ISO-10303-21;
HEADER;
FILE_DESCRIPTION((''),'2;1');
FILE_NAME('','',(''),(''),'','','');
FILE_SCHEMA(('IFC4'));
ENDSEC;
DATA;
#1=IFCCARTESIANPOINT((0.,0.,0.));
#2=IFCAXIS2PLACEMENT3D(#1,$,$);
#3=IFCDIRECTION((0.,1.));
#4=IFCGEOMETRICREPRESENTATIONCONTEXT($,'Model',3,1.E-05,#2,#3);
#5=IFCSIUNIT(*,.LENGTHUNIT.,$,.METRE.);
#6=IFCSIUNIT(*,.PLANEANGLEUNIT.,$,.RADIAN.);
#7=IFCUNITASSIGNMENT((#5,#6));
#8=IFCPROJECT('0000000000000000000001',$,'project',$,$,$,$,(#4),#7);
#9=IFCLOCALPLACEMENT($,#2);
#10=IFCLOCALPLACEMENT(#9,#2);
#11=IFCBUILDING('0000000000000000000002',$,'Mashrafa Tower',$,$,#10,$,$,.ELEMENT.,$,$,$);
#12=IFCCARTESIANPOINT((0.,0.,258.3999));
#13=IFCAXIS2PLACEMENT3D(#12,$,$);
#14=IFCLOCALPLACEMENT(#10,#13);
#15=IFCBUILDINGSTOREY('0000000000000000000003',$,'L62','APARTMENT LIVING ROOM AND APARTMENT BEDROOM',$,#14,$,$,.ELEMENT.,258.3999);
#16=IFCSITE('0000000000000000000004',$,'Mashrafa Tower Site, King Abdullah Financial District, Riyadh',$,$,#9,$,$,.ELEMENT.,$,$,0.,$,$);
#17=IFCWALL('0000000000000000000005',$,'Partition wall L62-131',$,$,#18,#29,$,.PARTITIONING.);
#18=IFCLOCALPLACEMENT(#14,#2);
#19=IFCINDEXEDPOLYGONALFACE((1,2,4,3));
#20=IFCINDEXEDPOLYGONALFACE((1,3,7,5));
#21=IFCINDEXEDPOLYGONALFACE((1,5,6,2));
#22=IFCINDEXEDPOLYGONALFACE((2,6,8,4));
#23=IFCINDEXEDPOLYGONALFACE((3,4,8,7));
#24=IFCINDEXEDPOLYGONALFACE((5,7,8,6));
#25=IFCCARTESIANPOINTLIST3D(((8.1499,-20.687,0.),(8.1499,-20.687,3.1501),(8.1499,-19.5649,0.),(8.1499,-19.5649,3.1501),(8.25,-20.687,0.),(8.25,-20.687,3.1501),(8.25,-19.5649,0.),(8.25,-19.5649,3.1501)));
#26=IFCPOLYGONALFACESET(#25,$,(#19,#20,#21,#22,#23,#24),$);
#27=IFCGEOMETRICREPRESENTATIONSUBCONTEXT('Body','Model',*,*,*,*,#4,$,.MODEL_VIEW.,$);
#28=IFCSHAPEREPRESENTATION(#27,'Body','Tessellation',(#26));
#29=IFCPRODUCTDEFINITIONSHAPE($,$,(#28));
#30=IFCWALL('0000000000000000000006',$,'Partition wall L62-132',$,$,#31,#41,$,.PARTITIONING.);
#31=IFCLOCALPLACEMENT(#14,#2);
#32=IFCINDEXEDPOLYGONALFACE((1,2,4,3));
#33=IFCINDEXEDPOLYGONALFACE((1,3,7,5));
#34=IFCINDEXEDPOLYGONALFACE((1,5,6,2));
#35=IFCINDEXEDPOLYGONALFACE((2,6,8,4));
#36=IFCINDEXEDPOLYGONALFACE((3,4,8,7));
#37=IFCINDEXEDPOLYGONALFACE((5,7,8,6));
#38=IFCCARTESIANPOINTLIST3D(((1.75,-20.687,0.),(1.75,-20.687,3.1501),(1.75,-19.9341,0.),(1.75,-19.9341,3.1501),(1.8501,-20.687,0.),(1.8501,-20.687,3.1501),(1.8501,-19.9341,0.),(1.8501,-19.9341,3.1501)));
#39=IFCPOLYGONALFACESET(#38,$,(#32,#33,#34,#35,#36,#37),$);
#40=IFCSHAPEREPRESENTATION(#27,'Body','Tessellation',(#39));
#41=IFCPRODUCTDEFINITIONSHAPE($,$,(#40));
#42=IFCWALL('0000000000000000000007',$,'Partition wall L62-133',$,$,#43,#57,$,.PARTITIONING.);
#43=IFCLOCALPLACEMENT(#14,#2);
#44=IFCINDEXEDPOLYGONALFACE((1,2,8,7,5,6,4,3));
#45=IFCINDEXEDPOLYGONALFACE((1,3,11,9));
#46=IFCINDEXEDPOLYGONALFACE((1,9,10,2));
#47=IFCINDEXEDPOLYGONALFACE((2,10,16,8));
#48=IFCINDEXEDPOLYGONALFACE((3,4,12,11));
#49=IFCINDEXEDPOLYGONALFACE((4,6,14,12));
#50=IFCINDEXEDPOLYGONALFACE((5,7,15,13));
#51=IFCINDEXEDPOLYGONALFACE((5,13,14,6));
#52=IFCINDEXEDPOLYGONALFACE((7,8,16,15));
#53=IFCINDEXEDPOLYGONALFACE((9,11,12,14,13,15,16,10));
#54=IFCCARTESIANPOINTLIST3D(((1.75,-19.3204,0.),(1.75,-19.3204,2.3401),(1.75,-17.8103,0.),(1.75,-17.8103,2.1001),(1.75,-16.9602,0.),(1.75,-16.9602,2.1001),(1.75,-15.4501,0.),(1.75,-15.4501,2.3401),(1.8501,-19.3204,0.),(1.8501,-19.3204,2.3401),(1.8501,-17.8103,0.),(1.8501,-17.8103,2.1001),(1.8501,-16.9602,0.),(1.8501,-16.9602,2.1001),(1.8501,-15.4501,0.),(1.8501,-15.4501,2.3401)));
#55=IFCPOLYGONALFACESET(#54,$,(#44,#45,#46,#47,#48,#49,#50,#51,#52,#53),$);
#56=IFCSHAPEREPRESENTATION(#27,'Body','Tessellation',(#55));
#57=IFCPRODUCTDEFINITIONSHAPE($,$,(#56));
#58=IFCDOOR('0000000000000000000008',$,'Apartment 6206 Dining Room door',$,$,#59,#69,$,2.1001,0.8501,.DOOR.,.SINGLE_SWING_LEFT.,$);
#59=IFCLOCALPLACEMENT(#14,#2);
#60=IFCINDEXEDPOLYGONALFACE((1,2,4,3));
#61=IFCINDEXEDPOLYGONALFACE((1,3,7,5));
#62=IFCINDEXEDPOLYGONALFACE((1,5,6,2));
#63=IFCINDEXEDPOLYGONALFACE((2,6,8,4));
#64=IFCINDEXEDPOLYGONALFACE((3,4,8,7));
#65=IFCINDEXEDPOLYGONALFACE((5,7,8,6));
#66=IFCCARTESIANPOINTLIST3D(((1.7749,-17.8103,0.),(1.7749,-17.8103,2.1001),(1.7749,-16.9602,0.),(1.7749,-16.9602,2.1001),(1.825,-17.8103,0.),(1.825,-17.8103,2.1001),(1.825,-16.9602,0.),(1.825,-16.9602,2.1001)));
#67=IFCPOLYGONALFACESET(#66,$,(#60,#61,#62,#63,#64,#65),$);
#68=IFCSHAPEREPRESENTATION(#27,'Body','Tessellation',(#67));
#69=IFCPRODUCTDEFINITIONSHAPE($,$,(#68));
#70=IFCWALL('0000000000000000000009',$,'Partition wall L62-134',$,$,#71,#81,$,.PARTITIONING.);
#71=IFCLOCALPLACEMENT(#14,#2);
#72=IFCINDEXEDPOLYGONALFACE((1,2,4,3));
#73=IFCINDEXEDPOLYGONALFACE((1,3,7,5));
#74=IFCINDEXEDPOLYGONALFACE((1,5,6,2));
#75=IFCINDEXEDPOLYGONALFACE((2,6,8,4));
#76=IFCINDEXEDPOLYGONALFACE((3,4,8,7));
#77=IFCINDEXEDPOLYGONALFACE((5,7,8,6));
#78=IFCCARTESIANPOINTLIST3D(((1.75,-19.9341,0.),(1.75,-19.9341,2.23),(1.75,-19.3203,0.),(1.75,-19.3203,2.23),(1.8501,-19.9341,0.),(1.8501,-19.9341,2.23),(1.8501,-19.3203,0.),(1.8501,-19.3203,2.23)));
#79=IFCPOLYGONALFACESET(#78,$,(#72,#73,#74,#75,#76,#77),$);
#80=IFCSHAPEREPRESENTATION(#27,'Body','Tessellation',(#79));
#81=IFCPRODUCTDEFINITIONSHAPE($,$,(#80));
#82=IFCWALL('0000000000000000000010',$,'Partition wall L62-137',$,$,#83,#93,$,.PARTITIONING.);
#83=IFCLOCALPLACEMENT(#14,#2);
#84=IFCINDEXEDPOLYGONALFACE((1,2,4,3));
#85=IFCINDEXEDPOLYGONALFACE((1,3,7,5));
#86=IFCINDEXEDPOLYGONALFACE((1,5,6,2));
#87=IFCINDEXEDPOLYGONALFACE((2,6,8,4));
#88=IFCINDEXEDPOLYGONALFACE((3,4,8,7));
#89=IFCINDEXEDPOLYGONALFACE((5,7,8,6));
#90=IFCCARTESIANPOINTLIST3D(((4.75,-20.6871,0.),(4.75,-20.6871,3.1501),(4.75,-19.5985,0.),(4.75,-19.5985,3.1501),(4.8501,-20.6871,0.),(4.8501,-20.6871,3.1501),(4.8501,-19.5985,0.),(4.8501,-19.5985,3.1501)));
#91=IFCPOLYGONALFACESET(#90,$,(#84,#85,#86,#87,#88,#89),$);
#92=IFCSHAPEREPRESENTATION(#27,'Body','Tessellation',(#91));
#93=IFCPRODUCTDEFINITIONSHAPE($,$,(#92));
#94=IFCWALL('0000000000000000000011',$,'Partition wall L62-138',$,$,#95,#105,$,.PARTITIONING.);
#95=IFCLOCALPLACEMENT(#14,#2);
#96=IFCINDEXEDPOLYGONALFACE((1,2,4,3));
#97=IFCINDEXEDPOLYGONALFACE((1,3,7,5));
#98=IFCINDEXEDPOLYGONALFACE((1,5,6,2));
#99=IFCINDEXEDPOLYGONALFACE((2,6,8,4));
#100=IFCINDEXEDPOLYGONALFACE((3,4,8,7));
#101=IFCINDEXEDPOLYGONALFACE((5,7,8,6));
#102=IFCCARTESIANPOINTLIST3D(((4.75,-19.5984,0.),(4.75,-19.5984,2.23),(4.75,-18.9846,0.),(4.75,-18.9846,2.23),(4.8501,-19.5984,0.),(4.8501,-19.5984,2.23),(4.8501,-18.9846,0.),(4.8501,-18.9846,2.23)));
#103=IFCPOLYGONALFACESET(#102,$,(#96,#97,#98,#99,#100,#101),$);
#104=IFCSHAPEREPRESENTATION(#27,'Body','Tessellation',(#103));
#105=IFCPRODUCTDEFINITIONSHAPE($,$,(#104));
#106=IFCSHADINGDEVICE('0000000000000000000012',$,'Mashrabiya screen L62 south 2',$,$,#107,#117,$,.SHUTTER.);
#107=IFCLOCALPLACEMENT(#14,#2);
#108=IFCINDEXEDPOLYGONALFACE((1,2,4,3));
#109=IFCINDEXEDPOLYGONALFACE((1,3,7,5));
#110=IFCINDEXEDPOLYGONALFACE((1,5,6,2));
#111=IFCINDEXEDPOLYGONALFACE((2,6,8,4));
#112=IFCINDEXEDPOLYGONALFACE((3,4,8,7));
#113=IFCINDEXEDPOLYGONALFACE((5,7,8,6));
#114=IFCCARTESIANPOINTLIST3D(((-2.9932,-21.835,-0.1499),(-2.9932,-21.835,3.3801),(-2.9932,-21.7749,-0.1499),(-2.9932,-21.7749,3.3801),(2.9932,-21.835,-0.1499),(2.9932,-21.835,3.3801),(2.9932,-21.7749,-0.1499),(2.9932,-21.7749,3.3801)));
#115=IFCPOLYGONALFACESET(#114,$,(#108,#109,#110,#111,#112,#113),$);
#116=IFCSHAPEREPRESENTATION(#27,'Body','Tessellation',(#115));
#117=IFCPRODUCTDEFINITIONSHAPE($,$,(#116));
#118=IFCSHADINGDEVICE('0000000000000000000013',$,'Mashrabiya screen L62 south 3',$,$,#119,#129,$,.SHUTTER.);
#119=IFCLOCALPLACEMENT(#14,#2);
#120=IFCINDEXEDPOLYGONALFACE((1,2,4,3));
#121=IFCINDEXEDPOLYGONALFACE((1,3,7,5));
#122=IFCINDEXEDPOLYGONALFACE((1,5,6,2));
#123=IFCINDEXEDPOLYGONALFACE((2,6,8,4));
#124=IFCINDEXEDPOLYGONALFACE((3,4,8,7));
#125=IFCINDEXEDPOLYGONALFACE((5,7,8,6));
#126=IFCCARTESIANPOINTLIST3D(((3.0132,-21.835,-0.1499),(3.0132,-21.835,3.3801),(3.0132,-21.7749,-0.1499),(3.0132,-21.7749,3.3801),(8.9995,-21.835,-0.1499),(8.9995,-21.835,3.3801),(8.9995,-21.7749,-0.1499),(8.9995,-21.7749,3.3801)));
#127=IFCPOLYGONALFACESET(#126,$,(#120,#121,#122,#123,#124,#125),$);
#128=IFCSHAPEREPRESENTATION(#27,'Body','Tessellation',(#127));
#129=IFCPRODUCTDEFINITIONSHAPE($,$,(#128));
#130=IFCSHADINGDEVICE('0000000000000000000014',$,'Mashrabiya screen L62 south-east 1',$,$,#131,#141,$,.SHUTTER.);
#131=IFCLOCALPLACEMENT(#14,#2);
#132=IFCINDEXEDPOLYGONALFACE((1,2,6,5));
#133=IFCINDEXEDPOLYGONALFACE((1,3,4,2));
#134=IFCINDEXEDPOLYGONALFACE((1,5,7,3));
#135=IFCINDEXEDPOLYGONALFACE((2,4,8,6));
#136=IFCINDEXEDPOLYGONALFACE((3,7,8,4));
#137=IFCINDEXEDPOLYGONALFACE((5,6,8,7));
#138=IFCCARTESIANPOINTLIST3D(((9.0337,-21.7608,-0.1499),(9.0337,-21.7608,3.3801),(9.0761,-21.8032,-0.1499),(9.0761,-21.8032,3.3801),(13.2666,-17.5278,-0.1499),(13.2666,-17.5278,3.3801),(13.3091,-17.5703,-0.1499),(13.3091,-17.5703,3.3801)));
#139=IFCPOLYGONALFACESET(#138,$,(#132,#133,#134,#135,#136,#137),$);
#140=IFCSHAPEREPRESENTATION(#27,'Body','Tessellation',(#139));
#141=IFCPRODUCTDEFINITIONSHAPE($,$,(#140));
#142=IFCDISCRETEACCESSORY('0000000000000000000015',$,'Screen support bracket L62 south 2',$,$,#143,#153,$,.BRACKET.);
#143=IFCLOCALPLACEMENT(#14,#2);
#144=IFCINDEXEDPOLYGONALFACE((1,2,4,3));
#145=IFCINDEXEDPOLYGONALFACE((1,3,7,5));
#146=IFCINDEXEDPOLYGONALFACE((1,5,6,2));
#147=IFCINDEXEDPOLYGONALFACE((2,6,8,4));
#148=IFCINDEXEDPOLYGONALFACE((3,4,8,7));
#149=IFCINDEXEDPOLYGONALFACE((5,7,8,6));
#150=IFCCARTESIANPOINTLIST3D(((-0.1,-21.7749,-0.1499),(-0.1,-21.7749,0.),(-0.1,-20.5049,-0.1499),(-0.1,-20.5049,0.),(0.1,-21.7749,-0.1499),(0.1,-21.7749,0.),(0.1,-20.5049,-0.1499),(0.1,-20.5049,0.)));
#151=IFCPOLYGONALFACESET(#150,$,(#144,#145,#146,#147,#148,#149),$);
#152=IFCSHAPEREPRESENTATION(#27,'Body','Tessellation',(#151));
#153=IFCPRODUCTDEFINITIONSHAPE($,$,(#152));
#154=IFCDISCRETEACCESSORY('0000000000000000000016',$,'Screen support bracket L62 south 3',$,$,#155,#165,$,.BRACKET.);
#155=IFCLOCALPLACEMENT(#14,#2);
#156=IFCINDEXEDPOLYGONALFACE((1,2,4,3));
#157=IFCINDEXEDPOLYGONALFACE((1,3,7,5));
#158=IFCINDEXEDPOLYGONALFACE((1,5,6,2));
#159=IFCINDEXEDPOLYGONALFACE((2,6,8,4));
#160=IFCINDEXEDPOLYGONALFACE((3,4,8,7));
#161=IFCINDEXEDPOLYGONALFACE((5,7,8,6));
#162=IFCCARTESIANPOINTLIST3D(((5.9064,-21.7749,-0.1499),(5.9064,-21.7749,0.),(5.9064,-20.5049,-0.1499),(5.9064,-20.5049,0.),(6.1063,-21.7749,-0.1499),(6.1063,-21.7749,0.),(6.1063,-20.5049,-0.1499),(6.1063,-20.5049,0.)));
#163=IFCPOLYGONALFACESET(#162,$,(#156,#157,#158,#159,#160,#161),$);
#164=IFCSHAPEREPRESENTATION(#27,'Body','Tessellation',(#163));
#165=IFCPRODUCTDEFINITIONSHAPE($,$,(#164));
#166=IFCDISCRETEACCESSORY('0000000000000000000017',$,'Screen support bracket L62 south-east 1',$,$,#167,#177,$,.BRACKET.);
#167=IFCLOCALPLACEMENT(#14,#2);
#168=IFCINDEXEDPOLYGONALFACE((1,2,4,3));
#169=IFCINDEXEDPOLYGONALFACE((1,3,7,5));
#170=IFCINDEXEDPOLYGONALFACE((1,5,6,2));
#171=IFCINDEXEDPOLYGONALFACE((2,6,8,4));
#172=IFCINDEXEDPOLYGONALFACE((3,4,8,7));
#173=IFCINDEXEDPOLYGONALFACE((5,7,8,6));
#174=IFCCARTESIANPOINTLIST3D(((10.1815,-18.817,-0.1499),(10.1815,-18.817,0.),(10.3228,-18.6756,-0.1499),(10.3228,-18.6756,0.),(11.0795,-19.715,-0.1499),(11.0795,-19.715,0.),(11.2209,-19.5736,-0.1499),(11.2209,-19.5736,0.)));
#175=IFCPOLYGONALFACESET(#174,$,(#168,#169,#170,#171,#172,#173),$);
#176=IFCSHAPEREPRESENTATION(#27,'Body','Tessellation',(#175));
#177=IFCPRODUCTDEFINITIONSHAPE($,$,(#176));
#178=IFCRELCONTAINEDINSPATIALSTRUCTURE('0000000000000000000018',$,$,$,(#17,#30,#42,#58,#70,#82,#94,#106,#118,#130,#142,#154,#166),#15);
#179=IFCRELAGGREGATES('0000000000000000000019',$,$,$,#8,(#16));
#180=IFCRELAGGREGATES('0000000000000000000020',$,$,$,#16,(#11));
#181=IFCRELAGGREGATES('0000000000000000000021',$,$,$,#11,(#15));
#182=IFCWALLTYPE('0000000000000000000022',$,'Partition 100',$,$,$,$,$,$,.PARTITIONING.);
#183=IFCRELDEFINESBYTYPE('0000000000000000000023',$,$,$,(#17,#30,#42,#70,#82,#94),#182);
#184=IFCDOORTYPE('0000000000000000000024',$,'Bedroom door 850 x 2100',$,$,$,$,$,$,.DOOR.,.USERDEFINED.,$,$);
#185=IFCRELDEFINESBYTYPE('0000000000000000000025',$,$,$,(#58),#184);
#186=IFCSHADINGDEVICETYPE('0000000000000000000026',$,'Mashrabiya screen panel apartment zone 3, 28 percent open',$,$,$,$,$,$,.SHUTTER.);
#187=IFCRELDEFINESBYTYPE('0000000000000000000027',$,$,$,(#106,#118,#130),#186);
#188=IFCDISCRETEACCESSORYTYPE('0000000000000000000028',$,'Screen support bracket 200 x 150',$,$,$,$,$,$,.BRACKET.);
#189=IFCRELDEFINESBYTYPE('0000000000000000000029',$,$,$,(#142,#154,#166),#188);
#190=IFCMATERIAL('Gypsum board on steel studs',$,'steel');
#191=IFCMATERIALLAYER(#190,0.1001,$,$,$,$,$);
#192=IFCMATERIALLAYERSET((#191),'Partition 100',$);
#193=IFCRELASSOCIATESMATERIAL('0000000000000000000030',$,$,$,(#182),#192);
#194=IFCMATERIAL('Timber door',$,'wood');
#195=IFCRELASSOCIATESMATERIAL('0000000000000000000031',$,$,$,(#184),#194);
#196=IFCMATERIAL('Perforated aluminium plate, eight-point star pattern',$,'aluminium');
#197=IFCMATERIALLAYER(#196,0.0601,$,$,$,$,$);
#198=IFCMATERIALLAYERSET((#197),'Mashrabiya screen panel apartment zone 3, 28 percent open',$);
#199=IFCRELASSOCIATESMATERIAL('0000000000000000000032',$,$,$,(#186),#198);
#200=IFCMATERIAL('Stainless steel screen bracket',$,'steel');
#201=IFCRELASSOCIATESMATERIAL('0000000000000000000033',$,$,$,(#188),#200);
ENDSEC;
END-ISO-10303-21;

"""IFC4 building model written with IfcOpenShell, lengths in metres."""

from ifc_helpers import new_model, si_unit, direction, frame, frame_2d, origin, origin_2d, place, context, subcontext, project, spatial, rectangle, extrude, source, transform, mapped, material, layer, layer_set, type_object, type_shapes, element, fill, save


model = new_model("IFC4")

# Units and contexts
model_context = context("Model", 3, precision=1e-05, world=origin(), true_north=direction((0.0, 1.0)))
body_context = subcontext(model_context, "Body", "Model", "MODEL_VIEW")
ifc_project = project(units=[si_unit("LENGTHUNIT", "METRE"), si_unit("PLANEANGLEUNIT", "RADIAN")], contexts=[model_context])

# Site, building, storey
site_placement = place(None, origin())
site = spatial("IfcSite", under=ifc_project, at=site_placement, Name="Mashrafa Tower Site, King Abdullah Financial District, Riyadh", CompositionType="ELEMENT", RefElevation=0.0)
building_placement = place(site_placement, origin())
building = spatial("IfcBuilding", under=site, at=building_placement, Name="Mashrafa Tower", CompositionType="ELEMENT")
storey_placement = place(building_placement, frame((0.0, 0.0, 258.3999)))
storey = spatial("IfcBuildingStorey", under=building, at=storey_placement, Name="L62", Description="APARTMENT LIVING ROOM AND APARTMENT BEDROOM", CompositionType="ELEMENT", Elevation=258.3999)

# Walls
ifc_material_1 = material(Name="Gypsum board on steel studs", Category="steel")
ifc_layer_1 = layer(ifc_material_1, 0.1001)
ifc_layer_set_1 = layer_set([ifc_layer_1], Name="Partition 100")
wall_type = type_object("IfcWallType", Name="Partition 100", PredefinedType="PARTITIONING", material=ifc_layer_set_1)
wall_1_placement = place(storey_placement, frame((8.2, -19.5649, 0.0), z_axis=(0.0, 0.0, 1.0), x_axis=(0.0, -1.0, 0.0)))
element("IfcWall", 1, at=wall_1_placement, inside=storey, type_object=wall_type, Name="Partition wall L62-131", PredefinedType="PARTITIONING", context=body_context, shape_type="SweptSolid", body=[
    extrude(rectangle(XDim=1.1221, YDim=0.1001, at=frame_2d((0.561, 0.0))), origin(), (0.0, 0.0, 1.0), 3.1501),
])
wall_2_placement = place(storey_placement, frame((1.8, -20.687, 0.0), z_axis=(0.0, 0.0, 1.0), x_axis=(0.0, 1.0, 0.0)))
element("IfcWall", 2, at=wall_2_placement, inside=storey, type_object=wall_type, Name="Partition wall L62-132", PredefinedType="PARTITIONING", context=body_context, shape_type="SweptSolid", body=[
    extrude(rectangle(XDim=0.7529, YDim=0.1001, at=frame_2d((0.3765, 0.0))), origin(), (0.0, 0.0, 1.0), 3.1501),
])

# Wall, opening, door
wall_3_placement = place(storey_placement, frame((1.8, -19.3203, 0.0), z_axis=(0.0, 0.0, 1.0), x_axis=(0.0, 1.0, 0.0)))
wall_3 = element("IfcWall", 3, at=wall_3_placement, inside=storey, type_object=wall_type, Name="Partition wall L62-133", PredefinedType="PARTITIONING", context=body_context, shape_type="SweptSolid", body=[
    extrude(rectangle(XDim=3.8704, YDim=0.1001, at=frame_2d((1.9351, 0.0))), origin(), (0.0, 0.0, 1.0), 2.3401),
])
opening_placement = place(wall_3_placement, frame((1.51, 0.0, 0.0)))
opening = element("IfcOpeningElement", 4, at=opening_placement, cuts=wall_3, PredefinedType="OPENING", context=body_context, shape_type="SweptSolid", body=[
    extrude(rectangle(XDim=0.8501, YDim=2.1001, at=frame_2d((0.425, 1.05))), frame((0.0, 0.0601, 0.0), z_axis=(0.0, -1.0, 0.0), x_axis=(1.0, 0.0, 0.0)), (0.0, 0.0, 1.0), 0.1201),
])
ifc_material_2 = material(Name="Timber door", Category="wood")
door_type = type_object("IfcDoorType", Name="Bedroom door 850 x 2100", OperationType="USERDEFINED", PredefinedType="DOOR", material=ifc_material_2)
door_placement = place(opening_placement, frame((0.8501, 0.0, 0.0), z_axis=(0.0, 0.0, 1.0), x_axis=(-1.0, 0.0, 0.0)))
door = element("IfcDoor", 5, at=door_placement, inside=storey, type_object=door_type, Name="Apartment 6206 Dining Room door", OperationType="SINGLE_SWING_LEFT", OverallHeight=2.1001, OverallWidth=0.8501, PredefinedType="DOOR", context=body_context, shape_type="SweptSolid", body=[
    extrude(rectangle(XDim=0.8501, YDim=2.1001, at=frame_2d((0.425, 1.05))), frame((0.0, 0.0249, 0.0), z_axis=(0.0, -1.0, 0.0), x_axis=(1.0, 0.0, 0.0)), (0.0, 0.0, 1.0), 0.05),
])
fill(opening, door)

# Walls
wall_4_placement = place(storey_placement, frame((1.8, -19.9341, 0.0), z_axis=(0.0, 0.0, 1.0), x_axis=(0.0, 1.0, 0.0)))
element("IfcWall", 6, at=wall_4_placement, inside=storey, type_object=wall_type, Name="Partition wall L62-134", PredefinedType="PARTITIONING", context=body_context, shape_type="SweptSolid", body=[
    extrude(rectangle(XDim=0.6138, YDim=0.1001, at=frame_2d((0.3069, 0.0))), origin(), (0.0, 0.0, 1.0), 2.23),
])
wall_5_placement = place(storey_placement, frame((4.8, -19.5984, 0.0), z_axis=(0.0, 0.0, 1.0), x_axis=(0.0, -1.0, 0.0)))
element("IfcWall", 7, at=wall_5_placement, inside=storey, type_object=wall_type, Name="Partition wall L62-137", PredefinedType="PARTITIONING", context=body_context, shape_type="SweptSolid", body=[
    extrude(rectangle(XDim=1.0886, YDim=0.1001, at=frame_2d((0.5444, 0.0))), origin(), (0.0, 0.0, 1.0), 3.1501),
])
wall_6_placement = place(storey_placement, frame((4.8, -18.9846, 0.0), z_axis=(0.0, 0.0, 1.0), x_axis=(0.0, -1.0, 0.0)))
element("IfcWall", 8, at=wall_6_placement, inside=storey, type_object=wall_type, Name="Partition wall L62-138", PredefinedType="PARTITIONING", context=body_context, shape_type="SweptSolid", body=[
    extrude(rectangle(XDim=0.6138, YDim=0.1001, at=frame_2d((0.3069, 0.0))), origin(), (0.0, 0.0, 1.0), 2.23),
])

# Shading devices
ifc_material_3 = material(Name="Perforated aluminium plate, eight-point star pattern", Category="aluminium")
ifc_layer_2 = layer(ifc_material_3, 0.0601)
ifc_layer_set_2 = layer_set([ifc_layer_2], Name="Mashrabiya screen panel apartment zone 3, 28 percent open")
shading_device_type = type_object("IfcShadingDeviceType", Name="Mashrabiya screen panel apartment zone 3, 28 percent open", PredefinedType="SHUTTER", material=ifc_layer_set_2)
shared_shape_1 = source(origin(), body_context, "Body", "SweptSolid", [
    extrude(rectangle(XDim=5.9863, YDim=0.0601, at=origin_2d()), origin(), (0.0, 0.0, 1.0), 3.53),
])
type_shapes(shading_device_type, [shared_shape_1])
for number, where, z_axis, x_axis, name in (
    (9, (0.0, -21.8049, -0.1499), (0.0, 0.0, 1.0), (1.0, 0.0, 0.0), "Mashrabiya screen L62 south 2"),
    (10, (6.0063, -21.8049, -0.1499), (0.0, 0.0, 1.0), (1.0, 0.0, 0.0), "Mashrabiya screen L62 south 3"),
    (11, (11.1714, -19.6655, -0.1499), (0.0, 0.0, 1.0), (0.707107, 0.707107, 0.0), "Mashrabiya screen L62 south-east 1"),
):
    element("IfcShadingDevice", number, at=place(storey_placement, frame(where, z_axis=z_axis, x_axis=x_axis)), inside=storey, type_object=shading_device_type, Name=name, PredefinedType="SHUTTER", context=body_context, shape_type="MappedRepresentation", body=[
        mapped(shared_shape_1, transform((0.0, 0.0, 0.0))),
    ])

# Discrete accessories
ifc_material_4 = material(Name="Stainless steel screen bracket", Category="steel")
discrete_accessory_type = type_object("IfcDiscreteAccessoryType", Name="Screen support bracket 200 x 150", PredefinedType="BRACKET", material=ifc_material_4)
shared_shape_2 = source(origin(), body_context, "Body", "SweptSolid", [
    extrude(rectangle(XDim=0.2, YDim=1.27, at=origin_2d()), origin(), (0.0, 0.0, 1.0), 0.1499),
])
type_shapes(discrete_accessory_type, [shared_shape_2])
for number, where, z_axis, x_axis, name in (
    (12, (0.0, -21.1399, -0.1499), (0.0, 0.0, 1.0), (1.0, 0.0, 0.0), "Screen support bracket L62 south 2"),
    (13, (6.0063, -21.1399, -0.1499), (0.0, 0.0, 1.0), (1.0, 0.0, 0.0), "Screen support bracket L62 south 3"),
    (14, (10.7012, -19.1953, -0.1499), (0.0, 0.0, 1.0), (0.707107, 0.707107, 0.0), "Screen support bracket L62 south-east 1"),
):
    element("IfcDiscreteAccessory", number, at=place(storey_placement, frame(where, z_axis=z_axis, x_axis=x_axis)), inside=storey, type_object=discrete_accessory_type, Name=name, PredefinedType="BRACKET", context=body_context, shape_type="MappedRepresentation", body=[
        mapped(shared_shape_2, transform((0.0, 0.0, 0.0))),
    ])

save(model, "model.ifc")
